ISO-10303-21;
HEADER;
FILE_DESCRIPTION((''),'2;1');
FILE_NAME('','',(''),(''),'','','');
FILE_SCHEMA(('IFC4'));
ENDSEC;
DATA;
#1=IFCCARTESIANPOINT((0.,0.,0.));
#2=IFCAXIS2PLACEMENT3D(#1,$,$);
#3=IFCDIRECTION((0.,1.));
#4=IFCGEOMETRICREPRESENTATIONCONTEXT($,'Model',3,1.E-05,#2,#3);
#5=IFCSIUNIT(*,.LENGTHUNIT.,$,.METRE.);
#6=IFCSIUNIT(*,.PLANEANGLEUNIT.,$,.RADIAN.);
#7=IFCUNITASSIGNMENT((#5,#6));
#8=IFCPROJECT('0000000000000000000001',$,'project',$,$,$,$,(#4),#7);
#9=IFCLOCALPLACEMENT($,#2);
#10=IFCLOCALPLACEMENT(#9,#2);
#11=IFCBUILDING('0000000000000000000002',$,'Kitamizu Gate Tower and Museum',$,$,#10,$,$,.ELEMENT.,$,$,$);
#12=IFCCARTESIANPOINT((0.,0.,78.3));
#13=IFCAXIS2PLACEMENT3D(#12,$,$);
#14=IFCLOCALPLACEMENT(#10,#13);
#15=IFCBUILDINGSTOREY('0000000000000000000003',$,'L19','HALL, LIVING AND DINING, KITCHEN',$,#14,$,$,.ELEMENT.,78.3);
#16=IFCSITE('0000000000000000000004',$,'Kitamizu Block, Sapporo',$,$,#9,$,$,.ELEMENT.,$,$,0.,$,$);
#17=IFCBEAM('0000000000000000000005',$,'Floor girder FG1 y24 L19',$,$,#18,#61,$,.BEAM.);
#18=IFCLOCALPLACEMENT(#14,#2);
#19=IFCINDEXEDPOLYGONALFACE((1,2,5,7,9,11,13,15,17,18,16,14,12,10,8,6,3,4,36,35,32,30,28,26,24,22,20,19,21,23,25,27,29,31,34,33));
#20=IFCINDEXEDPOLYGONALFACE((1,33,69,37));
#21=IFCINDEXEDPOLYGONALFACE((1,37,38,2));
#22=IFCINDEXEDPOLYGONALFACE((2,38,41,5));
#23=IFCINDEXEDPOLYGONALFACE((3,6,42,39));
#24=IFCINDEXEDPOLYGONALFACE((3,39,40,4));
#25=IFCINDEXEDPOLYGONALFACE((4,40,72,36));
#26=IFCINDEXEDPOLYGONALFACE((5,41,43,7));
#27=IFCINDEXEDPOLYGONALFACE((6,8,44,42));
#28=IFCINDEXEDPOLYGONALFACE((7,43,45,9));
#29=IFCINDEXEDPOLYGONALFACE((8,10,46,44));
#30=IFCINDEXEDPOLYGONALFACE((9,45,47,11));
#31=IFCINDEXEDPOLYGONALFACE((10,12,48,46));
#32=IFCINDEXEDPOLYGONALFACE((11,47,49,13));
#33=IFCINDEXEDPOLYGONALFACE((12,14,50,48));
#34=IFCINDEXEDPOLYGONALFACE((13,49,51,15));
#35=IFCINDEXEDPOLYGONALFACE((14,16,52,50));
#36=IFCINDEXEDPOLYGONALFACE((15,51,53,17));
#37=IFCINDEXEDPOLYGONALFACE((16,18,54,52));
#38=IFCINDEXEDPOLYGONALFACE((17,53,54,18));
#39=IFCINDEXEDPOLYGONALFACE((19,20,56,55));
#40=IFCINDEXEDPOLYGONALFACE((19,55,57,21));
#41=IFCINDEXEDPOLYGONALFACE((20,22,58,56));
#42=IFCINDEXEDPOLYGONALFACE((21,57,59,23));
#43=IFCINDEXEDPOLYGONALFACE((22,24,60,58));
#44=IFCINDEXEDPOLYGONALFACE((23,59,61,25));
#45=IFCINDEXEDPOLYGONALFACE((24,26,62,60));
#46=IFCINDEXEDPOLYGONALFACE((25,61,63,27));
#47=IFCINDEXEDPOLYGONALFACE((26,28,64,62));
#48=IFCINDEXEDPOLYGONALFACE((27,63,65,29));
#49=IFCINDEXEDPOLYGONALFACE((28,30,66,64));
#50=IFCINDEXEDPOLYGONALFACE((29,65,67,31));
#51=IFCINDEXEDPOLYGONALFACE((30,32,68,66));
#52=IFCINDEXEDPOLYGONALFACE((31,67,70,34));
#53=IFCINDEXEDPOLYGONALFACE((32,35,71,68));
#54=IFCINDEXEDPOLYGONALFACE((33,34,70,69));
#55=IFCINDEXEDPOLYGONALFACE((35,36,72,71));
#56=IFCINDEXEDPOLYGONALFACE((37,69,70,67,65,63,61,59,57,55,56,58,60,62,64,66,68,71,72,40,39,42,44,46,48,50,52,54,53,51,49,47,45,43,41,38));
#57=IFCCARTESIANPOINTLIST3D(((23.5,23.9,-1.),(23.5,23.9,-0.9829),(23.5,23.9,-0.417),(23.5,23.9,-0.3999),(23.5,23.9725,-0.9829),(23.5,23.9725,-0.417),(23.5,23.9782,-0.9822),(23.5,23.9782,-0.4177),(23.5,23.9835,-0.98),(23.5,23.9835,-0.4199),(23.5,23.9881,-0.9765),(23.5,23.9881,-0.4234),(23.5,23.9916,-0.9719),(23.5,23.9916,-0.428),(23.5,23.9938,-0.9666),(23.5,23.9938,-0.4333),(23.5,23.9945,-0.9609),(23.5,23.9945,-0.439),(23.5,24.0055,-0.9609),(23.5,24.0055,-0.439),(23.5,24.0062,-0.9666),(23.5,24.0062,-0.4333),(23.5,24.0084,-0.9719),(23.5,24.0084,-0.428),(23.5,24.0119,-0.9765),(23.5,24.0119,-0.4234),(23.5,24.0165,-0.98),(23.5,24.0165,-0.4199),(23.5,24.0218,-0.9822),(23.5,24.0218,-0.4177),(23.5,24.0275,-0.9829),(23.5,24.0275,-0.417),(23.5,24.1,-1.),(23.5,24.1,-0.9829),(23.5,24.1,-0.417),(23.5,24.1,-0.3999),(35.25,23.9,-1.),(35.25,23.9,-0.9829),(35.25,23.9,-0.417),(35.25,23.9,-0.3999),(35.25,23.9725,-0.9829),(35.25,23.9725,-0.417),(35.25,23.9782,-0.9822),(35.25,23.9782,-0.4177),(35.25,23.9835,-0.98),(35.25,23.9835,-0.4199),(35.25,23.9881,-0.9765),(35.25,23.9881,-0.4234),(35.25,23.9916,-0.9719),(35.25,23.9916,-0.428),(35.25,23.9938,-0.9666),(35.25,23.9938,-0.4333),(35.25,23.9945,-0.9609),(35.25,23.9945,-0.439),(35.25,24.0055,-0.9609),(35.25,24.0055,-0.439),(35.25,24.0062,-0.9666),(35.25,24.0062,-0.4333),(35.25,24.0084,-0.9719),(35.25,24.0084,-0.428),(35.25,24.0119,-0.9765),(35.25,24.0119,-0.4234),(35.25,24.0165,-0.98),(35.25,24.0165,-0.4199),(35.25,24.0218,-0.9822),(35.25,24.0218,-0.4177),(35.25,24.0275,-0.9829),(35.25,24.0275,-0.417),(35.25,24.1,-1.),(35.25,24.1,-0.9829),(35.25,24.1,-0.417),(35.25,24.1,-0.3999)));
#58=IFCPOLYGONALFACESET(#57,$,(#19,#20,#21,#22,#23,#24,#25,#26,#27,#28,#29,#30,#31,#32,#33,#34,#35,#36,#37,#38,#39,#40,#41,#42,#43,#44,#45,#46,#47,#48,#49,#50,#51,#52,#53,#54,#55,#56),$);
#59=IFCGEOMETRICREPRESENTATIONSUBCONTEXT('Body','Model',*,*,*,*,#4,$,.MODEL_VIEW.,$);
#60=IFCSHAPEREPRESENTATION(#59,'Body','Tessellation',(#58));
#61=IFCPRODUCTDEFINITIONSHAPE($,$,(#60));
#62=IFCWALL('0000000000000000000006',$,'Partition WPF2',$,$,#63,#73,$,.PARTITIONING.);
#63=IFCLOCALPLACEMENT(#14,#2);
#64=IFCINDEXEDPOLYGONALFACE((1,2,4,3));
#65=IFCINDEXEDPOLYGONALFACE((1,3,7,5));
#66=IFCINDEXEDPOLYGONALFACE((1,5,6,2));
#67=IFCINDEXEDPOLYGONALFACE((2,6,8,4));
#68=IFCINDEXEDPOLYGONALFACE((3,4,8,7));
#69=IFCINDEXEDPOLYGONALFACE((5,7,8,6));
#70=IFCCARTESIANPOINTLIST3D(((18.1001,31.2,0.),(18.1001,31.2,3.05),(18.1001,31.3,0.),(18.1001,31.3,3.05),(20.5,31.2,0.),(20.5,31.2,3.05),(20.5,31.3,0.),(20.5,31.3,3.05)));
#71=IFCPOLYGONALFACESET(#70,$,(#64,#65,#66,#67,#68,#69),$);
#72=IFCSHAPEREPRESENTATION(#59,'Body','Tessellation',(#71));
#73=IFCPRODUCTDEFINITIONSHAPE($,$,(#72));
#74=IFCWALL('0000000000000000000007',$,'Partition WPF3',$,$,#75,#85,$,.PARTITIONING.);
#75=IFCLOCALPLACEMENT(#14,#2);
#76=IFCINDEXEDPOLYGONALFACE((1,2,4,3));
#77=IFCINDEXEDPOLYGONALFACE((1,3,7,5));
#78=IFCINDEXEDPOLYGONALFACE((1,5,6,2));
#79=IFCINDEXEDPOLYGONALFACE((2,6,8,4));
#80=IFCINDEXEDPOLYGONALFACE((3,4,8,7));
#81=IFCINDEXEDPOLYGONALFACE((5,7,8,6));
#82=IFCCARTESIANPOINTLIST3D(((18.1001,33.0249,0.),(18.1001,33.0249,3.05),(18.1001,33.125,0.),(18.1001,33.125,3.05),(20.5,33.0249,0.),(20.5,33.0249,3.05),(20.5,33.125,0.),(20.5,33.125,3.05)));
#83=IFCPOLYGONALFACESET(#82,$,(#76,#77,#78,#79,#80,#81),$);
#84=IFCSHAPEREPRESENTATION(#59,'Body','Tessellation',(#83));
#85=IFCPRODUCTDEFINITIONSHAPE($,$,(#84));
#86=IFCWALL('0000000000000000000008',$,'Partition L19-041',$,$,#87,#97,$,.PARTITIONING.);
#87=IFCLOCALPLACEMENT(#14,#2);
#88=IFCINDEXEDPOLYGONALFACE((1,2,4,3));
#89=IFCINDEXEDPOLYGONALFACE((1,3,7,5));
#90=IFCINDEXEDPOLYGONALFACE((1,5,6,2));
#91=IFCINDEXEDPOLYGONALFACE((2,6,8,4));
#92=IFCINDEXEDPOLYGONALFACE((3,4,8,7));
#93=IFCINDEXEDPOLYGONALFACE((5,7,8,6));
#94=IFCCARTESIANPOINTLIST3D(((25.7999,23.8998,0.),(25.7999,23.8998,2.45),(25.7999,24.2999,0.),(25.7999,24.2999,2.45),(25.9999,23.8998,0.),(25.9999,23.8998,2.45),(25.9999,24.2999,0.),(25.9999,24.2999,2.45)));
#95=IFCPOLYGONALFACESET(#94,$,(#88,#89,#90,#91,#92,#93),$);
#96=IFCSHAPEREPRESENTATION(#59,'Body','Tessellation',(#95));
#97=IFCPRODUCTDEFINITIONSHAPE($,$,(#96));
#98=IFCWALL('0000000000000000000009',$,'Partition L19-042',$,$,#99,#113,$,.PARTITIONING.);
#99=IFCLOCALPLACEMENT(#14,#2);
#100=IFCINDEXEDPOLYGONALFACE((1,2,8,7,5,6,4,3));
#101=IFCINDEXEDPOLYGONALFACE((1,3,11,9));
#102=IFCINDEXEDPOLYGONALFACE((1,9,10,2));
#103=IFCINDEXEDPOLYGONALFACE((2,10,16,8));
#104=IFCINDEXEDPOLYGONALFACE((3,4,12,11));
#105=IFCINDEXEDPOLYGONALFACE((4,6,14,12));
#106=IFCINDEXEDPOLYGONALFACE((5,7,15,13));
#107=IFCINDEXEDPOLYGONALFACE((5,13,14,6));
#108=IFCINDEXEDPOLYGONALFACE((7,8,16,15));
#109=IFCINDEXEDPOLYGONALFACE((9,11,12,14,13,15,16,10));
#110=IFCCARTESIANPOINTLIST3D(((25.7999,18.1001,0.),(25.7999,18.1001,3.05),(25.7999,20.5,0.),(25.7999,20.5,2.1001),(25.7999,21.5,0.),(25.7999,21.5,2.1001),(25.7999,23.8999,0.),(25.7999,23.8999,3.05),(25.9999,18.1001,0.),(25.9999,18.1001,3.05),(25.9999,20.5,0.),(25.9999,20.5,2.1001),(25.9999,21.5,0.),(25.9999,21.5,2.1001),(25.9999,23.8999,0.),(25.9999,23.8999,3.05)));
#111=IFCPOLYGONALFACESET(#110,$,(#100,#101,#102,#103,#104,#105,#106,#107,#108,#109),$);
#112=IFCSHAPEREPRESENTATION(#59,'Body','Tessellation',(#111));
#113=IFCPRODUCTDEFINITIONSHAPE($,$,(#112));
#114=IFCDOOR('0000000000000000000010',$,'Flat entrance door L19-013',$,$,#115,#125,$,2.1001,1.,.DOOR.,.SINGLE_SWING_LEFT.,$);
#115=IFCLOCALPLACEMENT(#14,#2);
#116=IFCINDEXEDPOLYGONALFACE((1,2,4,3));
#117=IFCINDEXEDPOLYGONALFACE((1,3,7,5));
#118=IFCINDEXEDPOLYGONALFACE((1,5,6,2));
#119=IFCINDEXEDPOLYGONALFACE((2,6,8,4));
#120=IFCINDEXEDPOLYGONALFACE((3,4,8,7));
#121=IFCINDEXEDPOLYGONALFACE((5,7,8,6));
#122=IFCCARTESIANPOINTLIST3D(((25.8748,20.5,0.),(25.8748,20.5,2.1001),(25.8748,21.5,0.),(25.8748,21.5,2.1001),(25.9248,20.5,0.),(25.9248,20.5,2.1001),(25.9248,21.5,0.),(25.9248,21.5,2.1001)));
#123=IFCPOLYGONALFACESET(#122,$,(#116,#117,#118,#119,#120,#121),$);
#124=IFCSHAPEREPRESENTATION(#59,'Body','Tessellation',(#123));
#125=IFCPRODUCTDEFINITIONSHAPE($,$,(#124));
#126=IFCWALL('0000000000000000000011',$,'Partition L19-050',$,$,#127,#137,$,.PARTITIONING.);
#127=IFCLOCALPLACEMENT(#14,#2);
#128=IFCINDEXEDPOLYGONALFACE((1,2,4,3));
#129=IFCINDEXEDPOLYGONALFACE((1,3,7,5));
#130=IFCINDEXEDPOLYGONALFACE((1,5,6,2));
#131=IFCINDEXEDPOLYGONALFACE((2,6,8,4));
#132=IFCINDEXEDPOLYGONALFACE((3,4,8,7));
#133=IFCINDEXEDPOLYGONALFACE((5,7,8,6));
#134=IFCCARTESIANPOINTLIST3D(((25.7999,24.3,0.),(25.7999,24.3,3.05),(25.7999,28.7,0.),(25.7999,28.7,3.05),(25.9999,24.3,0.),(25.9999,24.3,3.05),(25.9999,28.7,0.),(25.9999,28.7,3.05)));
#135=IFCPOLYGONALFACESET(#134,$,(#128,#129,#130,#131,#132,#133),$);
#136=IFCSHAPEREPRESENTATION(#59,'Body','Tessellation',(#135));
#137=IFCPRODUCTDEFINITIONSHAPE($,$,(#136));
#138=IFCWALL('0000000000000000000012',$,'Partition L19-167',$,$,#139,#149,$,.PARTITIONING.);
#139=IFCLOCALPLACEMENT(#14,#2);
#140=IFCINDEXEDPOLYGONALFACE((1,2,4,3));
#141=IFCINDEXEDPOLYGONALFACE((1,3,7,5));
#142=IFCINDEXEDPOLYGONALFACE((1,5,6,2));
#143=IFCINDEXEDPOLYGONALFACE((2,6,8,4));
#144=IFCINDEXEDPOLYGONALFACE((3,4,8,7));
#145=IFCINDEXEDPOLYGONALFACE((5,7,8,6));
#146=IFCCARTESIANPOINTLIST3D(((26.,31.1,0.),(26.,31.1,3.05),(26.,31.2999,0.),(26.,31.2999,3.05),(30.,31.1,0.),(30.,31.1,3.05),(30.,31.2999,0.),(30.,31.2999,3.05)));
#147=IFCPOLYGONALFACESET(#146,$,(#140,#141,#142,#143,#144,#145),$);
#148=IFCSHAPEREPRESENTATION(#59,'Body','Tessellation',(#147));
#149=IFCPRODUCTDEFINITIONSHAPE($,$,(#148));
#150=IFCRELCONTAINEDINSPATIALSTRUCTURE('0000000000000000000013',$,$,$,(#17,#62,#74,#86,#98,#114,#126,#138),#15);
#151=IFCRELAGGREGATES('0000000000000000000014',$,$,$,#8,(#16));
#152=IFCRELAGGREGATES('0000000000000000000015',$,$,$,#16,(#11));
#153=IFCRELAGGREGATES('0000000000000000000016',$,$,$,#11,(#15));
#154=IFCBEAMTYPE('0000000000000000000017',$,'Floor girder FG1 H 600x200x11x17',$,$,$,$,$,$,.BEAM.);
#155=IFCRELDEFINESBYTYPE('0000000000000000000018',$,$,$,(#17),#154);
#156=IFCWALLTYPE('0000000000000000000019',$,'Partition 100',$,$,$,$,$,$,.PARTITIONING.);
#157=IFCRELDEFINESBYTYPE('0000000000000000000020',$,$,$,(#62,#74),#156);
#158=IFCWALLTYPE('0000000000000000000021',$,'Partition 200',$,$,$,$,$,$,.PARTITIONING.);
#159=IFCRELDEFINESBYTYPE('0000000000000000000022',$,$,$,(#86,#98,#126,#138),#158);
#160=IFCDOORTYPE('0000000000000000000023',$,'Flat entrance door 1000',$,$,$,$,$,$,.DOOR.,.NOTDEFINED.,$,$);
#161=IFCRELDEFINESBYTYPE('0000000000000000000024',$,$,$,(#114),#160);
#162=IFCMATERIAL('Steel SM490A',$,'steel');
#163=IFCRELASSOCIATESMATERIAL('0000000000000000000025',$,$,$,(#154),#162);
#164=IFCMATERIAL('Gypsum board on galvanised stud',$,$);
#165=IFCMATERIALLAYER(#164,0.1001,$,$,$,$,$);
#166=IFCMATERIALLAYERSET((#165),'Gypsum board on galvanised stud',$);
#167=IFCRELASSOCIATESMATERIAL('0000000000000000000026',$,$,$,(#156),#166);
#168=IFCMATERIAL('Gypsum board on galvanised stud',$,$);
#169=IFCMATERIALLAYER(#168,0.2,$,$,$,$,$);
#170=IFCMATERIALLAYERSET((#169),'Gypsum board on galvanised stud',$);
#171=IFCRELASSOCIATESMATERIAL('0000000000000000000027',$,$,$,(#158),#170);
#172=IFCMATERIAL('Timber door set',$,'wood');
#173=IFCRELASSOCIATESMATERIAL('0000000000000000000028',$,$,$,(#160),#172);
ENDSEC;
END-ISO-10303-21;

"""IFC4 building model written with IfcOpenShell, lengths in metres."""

from ifc_helpers import new_model, si_unit, direction, frame, frame_2d, origin, origin_2d, place, context, subcontext, project, spatial, rectangle, i_section, extrude, material, layer, layer_set, material_profile, profile_set, type_object, element, fill, save


model = new_model("IFC4")

# Units and contexts
model_context = context("Model", 3, precision=1e-05, world=origin(), true_north=direction((0.0, 1.0)))
body_context = subcontext(model_context, "Body", "Model", "MODEL_VIEW")
ifc_project = project(units=[si_unit("LENGTHUNIT", "METRE"), si_unit("PLANEANGLEUNIT", "RADIAN")], contexts=[model_context])

# Site, building, storey
site_placement = place(None, origin())
site = spatial("IfcSite", under=ifc_project, at=site_placement, Name="Kitamizu Block, Sapporo", CompositionType="ELEMENT", RefElevation=0.0)
building_placement = place(site_placement, origin())
building = spatial("IfcBuilding", under=site, at=building_placement, Name="Kitamizu Gate Tower and Museum", CompositionType="ELEMENT")
storey_placement = place(building_placement, frame((0.0, 0.0, 78.3)))
storey = spatial("IfcBuildingStorey", under=building, at=storey_placement, Name="L19", Description="HALL, LIVING AND DINING, KITCHEN", CompositionType="ELEMENT", Elevation=78.3)

# Beam
ifc_material_1 = material(Name="Steel SM490A", Category="steel")
ifc_material_profile = material_profile(ifc_material_1, i_section(OverallWidth=0.2, OverallDepth=0.6001, WebThickness=0.011, FlangeThickness=0.0171, FilletRadius=0.022, at=origin_2d()), Name="H-600x200x11x17")
ifc_profile_set = profile_set([ifc_material_profile], Name="Steel SM490A")
beam_type = type_object("IfcBeamType", Name="Floor girder FG1 H 600x200x11x17", PredefinedType="BEAM", material=ifc_profile_set)
beam_placement = place(storey_placement, frame((23.5, 24.0, -0.7), z_axis=(1.0, 0.0, 0.0), x_axis=(0.0, 1.0, 0.0)))
element("IfcBeam", 1, at=beam_placement, inside=storey, type_object=beam_type, Name="Floor girder FG1 y24 L19", PredefinedType="BEAM", context=body_context, shape_type="SweptSolid", body=[
    extrude(i_section(OverallWidth=0.2, OverallDepth=0.6001, WebThickness=0.011, FlangeThickness=0.0171, FilletRadius=0.022, at=origin_2d()), origin(), (0.0, 0.0, 1.0), 11.75),
])

# Walls
ifc_material_2 = material(Name="Gypsum board on galvanised stud")
ifc_layer_1 = layer(ifc_material_2, 0.1001)
ifc_layer_set_1 = layer_set([ifc_layer_1], Name="Gypsum board on galvanised stud")
wall_type_1 = type_object("IfcWallType", Name="Partition 100", PredefinedType="PARTITIONING", material=ifc_layer_set_1)
for number, where, z_axis, x_axis, name in (
    (2, (18.1001, 31.25, 0.0), (0.0, 0.0, 1.0), (1.0, 0.0, 0.0), "Partition WPF2"),
    (3, (18.1001, 33.075, 0.0), (0.0, 0.0, 1.0), (1.0, 0.0, 0.0), "Partition WPF3"),
):
    element("IfcWall", number, at=place(storey_placement, frame(where, z_axis=z_axis, x_axis=x_axis)), inside=storey, type_object=wall_type_1, Name=name, PredefinedType="PARTITIONING", context=body_context, shape_type="SweptSolid", body=[
        extrude(rectangle(XDim=2.3999, YDim=0.1001, at=frame_2d((1.2, 0.0))), origin(), (0.0, 0.0, 1.0), 3.05),
    ])
ifc_material_3 = material(Name="Gypsum board on galvanised stud")
ifc_layer_2 = layer(ifc_material_3, 0.2)
ifc_layer_set_2 = layer_set([ifc_layer_2], Name="Gypsum board on galvanised stud")
wall_type_2 = type_object("IfcWallType", Name="Partition 200", PredefinedType="PARTITIONING", material=ifc_layer_set_2)
wall_1_placement = place(storey_placement, frame((25.8999, 24.3, 0.0), z_axis=(0.0, 0.0, 1.0), x_axis=(0.0, -1.0, 0.0)))
element("IfcWall", 4, at=wall_1_placement, inside=storey, type_object=wall_type_2, Name="Partition L19-041", PredefinedType="PARTITIONING", context=body_context, shape_type="SweptSolid", body=[
    extrude(rectangle(XDim=0.4001, YDim=0.2, at=frame_2d((0.2002, 0.0))), origin(), (0.0, 0.0, 1.0), 2.45),
])

# Wall, opening, door
wall_2_placement = place(storey_placement, frame((25.8999, 23.8999, 0.0), z_axis=(0.0, 0.0, 1.0), x_axis=(0.0, -1.0, 0.0)))
wall_2 = element("IfcWall", 5, at=wall_2_placement, inside=storey, type_object=wall_type_2, Name="Partition L19-042", PredefinedType="PARTITIONING", context=body_context, shape_type="SweptSolid", body=[
    extrude(rectangle(XDim=5.7998, YDim=0.2, at=frame_2d((2.8999, 0.0))), origin(), (0.0, 0.0, 1.0), 3.05),
])
opening_1_placement = place(wall_2_placement, frame((2.3999, 0.0, 0.0)))
opening_1 = element("IfcOpeningElement", 6, at=opening_1_placement, cuts=wall_2, PredefinedType="OPENING", context=body_context, shape_type="SweptSolid", body=[
    extrude(rectangle(XDim=1.0, YDim=2.1001, at=frame_2d((0.5, 1.05))), frame((0.0, 0.1099, 0.0), z_axis=(0.0, -1.0, 0.0), x_axis=(1.0, 0.0, 0.0)), (0.0, 0.0, 1.0), 0.22),
])
ifc_material_4 = material(Name="Timber door set", Category="wood")
door_type_1 = type_object("IfcDoorType", Name="Flat entrance door 1000", OperationType="NOTDEFINED", PredefinedType="DOOR", material=ifc_material_4)
door_1_placement = place(opening_1_placement, origin())
door_1 = element("IfcDoor", 7, at=door_1_placement, inside=storey, type_object=door_type_1, Name="Flat entrance door L19-013", OperationType="SINGLE_SWING_LEFT", OverallHeight=2.1001, OverallWidth=1.0, PredefinedType="DOOR", context=body_context, shape_type="SweptSolid", body=[
    extrude(rectangle(XDim=1.0, YDim=2.1001, at=frame_2d((0.5, 1.05))), frame((0.0, 0.0249, 0.0), z_axis=(0.0, -1.0, 0.0), x_axis=(1.0, 0.0, 0.0)), (0.0, 0.0, 1.0), 0.05),
])
fill(opening_1, door_1)

# Walls
wall_3_placement = place(storey_placement, frame((25.8999, 28.7, 0.0), z_axis=(0.0, 0.0, 1.0), x_axis=(0.0, -1.0, 0.0)))
element("IfcWall", 8, at=wall_3_placement, inside=storey, type_object=wall_type_2, Name="Partition L19-050", PredefinedType="PARTITIONING", context=body_context, shape_type="SweptSolid", body=[
    extrude(rectangle(XDim=4.3999, YDim=0.2, at=frame_2d((2.2, 0.0))), origin(), (0.0, 0.0, 1.0), 3.05),
])
wall_4_placement = place(storey_placement, frame((26.0, 31.2, 0.0), z_axis=(0.0, 0.0, 1.0), x_axis=(1.0, 0.0, 0.0)))
element("IfcWall", 9, at=wall_4_placement, inside=storey, type_object=wall_type_2, Name="Partition L19-167", PredefinedType="PARTITIONING", context=body_context, shape_type="SweptSolid", body=[
    extrude(rectangle(XDim=4.0, YDim=0.2, at=frame_2d((2.0, 0.0))), origin(), (0.0, 0.0, 1.0), 3.05),
])

save(model, "model.ifc")
